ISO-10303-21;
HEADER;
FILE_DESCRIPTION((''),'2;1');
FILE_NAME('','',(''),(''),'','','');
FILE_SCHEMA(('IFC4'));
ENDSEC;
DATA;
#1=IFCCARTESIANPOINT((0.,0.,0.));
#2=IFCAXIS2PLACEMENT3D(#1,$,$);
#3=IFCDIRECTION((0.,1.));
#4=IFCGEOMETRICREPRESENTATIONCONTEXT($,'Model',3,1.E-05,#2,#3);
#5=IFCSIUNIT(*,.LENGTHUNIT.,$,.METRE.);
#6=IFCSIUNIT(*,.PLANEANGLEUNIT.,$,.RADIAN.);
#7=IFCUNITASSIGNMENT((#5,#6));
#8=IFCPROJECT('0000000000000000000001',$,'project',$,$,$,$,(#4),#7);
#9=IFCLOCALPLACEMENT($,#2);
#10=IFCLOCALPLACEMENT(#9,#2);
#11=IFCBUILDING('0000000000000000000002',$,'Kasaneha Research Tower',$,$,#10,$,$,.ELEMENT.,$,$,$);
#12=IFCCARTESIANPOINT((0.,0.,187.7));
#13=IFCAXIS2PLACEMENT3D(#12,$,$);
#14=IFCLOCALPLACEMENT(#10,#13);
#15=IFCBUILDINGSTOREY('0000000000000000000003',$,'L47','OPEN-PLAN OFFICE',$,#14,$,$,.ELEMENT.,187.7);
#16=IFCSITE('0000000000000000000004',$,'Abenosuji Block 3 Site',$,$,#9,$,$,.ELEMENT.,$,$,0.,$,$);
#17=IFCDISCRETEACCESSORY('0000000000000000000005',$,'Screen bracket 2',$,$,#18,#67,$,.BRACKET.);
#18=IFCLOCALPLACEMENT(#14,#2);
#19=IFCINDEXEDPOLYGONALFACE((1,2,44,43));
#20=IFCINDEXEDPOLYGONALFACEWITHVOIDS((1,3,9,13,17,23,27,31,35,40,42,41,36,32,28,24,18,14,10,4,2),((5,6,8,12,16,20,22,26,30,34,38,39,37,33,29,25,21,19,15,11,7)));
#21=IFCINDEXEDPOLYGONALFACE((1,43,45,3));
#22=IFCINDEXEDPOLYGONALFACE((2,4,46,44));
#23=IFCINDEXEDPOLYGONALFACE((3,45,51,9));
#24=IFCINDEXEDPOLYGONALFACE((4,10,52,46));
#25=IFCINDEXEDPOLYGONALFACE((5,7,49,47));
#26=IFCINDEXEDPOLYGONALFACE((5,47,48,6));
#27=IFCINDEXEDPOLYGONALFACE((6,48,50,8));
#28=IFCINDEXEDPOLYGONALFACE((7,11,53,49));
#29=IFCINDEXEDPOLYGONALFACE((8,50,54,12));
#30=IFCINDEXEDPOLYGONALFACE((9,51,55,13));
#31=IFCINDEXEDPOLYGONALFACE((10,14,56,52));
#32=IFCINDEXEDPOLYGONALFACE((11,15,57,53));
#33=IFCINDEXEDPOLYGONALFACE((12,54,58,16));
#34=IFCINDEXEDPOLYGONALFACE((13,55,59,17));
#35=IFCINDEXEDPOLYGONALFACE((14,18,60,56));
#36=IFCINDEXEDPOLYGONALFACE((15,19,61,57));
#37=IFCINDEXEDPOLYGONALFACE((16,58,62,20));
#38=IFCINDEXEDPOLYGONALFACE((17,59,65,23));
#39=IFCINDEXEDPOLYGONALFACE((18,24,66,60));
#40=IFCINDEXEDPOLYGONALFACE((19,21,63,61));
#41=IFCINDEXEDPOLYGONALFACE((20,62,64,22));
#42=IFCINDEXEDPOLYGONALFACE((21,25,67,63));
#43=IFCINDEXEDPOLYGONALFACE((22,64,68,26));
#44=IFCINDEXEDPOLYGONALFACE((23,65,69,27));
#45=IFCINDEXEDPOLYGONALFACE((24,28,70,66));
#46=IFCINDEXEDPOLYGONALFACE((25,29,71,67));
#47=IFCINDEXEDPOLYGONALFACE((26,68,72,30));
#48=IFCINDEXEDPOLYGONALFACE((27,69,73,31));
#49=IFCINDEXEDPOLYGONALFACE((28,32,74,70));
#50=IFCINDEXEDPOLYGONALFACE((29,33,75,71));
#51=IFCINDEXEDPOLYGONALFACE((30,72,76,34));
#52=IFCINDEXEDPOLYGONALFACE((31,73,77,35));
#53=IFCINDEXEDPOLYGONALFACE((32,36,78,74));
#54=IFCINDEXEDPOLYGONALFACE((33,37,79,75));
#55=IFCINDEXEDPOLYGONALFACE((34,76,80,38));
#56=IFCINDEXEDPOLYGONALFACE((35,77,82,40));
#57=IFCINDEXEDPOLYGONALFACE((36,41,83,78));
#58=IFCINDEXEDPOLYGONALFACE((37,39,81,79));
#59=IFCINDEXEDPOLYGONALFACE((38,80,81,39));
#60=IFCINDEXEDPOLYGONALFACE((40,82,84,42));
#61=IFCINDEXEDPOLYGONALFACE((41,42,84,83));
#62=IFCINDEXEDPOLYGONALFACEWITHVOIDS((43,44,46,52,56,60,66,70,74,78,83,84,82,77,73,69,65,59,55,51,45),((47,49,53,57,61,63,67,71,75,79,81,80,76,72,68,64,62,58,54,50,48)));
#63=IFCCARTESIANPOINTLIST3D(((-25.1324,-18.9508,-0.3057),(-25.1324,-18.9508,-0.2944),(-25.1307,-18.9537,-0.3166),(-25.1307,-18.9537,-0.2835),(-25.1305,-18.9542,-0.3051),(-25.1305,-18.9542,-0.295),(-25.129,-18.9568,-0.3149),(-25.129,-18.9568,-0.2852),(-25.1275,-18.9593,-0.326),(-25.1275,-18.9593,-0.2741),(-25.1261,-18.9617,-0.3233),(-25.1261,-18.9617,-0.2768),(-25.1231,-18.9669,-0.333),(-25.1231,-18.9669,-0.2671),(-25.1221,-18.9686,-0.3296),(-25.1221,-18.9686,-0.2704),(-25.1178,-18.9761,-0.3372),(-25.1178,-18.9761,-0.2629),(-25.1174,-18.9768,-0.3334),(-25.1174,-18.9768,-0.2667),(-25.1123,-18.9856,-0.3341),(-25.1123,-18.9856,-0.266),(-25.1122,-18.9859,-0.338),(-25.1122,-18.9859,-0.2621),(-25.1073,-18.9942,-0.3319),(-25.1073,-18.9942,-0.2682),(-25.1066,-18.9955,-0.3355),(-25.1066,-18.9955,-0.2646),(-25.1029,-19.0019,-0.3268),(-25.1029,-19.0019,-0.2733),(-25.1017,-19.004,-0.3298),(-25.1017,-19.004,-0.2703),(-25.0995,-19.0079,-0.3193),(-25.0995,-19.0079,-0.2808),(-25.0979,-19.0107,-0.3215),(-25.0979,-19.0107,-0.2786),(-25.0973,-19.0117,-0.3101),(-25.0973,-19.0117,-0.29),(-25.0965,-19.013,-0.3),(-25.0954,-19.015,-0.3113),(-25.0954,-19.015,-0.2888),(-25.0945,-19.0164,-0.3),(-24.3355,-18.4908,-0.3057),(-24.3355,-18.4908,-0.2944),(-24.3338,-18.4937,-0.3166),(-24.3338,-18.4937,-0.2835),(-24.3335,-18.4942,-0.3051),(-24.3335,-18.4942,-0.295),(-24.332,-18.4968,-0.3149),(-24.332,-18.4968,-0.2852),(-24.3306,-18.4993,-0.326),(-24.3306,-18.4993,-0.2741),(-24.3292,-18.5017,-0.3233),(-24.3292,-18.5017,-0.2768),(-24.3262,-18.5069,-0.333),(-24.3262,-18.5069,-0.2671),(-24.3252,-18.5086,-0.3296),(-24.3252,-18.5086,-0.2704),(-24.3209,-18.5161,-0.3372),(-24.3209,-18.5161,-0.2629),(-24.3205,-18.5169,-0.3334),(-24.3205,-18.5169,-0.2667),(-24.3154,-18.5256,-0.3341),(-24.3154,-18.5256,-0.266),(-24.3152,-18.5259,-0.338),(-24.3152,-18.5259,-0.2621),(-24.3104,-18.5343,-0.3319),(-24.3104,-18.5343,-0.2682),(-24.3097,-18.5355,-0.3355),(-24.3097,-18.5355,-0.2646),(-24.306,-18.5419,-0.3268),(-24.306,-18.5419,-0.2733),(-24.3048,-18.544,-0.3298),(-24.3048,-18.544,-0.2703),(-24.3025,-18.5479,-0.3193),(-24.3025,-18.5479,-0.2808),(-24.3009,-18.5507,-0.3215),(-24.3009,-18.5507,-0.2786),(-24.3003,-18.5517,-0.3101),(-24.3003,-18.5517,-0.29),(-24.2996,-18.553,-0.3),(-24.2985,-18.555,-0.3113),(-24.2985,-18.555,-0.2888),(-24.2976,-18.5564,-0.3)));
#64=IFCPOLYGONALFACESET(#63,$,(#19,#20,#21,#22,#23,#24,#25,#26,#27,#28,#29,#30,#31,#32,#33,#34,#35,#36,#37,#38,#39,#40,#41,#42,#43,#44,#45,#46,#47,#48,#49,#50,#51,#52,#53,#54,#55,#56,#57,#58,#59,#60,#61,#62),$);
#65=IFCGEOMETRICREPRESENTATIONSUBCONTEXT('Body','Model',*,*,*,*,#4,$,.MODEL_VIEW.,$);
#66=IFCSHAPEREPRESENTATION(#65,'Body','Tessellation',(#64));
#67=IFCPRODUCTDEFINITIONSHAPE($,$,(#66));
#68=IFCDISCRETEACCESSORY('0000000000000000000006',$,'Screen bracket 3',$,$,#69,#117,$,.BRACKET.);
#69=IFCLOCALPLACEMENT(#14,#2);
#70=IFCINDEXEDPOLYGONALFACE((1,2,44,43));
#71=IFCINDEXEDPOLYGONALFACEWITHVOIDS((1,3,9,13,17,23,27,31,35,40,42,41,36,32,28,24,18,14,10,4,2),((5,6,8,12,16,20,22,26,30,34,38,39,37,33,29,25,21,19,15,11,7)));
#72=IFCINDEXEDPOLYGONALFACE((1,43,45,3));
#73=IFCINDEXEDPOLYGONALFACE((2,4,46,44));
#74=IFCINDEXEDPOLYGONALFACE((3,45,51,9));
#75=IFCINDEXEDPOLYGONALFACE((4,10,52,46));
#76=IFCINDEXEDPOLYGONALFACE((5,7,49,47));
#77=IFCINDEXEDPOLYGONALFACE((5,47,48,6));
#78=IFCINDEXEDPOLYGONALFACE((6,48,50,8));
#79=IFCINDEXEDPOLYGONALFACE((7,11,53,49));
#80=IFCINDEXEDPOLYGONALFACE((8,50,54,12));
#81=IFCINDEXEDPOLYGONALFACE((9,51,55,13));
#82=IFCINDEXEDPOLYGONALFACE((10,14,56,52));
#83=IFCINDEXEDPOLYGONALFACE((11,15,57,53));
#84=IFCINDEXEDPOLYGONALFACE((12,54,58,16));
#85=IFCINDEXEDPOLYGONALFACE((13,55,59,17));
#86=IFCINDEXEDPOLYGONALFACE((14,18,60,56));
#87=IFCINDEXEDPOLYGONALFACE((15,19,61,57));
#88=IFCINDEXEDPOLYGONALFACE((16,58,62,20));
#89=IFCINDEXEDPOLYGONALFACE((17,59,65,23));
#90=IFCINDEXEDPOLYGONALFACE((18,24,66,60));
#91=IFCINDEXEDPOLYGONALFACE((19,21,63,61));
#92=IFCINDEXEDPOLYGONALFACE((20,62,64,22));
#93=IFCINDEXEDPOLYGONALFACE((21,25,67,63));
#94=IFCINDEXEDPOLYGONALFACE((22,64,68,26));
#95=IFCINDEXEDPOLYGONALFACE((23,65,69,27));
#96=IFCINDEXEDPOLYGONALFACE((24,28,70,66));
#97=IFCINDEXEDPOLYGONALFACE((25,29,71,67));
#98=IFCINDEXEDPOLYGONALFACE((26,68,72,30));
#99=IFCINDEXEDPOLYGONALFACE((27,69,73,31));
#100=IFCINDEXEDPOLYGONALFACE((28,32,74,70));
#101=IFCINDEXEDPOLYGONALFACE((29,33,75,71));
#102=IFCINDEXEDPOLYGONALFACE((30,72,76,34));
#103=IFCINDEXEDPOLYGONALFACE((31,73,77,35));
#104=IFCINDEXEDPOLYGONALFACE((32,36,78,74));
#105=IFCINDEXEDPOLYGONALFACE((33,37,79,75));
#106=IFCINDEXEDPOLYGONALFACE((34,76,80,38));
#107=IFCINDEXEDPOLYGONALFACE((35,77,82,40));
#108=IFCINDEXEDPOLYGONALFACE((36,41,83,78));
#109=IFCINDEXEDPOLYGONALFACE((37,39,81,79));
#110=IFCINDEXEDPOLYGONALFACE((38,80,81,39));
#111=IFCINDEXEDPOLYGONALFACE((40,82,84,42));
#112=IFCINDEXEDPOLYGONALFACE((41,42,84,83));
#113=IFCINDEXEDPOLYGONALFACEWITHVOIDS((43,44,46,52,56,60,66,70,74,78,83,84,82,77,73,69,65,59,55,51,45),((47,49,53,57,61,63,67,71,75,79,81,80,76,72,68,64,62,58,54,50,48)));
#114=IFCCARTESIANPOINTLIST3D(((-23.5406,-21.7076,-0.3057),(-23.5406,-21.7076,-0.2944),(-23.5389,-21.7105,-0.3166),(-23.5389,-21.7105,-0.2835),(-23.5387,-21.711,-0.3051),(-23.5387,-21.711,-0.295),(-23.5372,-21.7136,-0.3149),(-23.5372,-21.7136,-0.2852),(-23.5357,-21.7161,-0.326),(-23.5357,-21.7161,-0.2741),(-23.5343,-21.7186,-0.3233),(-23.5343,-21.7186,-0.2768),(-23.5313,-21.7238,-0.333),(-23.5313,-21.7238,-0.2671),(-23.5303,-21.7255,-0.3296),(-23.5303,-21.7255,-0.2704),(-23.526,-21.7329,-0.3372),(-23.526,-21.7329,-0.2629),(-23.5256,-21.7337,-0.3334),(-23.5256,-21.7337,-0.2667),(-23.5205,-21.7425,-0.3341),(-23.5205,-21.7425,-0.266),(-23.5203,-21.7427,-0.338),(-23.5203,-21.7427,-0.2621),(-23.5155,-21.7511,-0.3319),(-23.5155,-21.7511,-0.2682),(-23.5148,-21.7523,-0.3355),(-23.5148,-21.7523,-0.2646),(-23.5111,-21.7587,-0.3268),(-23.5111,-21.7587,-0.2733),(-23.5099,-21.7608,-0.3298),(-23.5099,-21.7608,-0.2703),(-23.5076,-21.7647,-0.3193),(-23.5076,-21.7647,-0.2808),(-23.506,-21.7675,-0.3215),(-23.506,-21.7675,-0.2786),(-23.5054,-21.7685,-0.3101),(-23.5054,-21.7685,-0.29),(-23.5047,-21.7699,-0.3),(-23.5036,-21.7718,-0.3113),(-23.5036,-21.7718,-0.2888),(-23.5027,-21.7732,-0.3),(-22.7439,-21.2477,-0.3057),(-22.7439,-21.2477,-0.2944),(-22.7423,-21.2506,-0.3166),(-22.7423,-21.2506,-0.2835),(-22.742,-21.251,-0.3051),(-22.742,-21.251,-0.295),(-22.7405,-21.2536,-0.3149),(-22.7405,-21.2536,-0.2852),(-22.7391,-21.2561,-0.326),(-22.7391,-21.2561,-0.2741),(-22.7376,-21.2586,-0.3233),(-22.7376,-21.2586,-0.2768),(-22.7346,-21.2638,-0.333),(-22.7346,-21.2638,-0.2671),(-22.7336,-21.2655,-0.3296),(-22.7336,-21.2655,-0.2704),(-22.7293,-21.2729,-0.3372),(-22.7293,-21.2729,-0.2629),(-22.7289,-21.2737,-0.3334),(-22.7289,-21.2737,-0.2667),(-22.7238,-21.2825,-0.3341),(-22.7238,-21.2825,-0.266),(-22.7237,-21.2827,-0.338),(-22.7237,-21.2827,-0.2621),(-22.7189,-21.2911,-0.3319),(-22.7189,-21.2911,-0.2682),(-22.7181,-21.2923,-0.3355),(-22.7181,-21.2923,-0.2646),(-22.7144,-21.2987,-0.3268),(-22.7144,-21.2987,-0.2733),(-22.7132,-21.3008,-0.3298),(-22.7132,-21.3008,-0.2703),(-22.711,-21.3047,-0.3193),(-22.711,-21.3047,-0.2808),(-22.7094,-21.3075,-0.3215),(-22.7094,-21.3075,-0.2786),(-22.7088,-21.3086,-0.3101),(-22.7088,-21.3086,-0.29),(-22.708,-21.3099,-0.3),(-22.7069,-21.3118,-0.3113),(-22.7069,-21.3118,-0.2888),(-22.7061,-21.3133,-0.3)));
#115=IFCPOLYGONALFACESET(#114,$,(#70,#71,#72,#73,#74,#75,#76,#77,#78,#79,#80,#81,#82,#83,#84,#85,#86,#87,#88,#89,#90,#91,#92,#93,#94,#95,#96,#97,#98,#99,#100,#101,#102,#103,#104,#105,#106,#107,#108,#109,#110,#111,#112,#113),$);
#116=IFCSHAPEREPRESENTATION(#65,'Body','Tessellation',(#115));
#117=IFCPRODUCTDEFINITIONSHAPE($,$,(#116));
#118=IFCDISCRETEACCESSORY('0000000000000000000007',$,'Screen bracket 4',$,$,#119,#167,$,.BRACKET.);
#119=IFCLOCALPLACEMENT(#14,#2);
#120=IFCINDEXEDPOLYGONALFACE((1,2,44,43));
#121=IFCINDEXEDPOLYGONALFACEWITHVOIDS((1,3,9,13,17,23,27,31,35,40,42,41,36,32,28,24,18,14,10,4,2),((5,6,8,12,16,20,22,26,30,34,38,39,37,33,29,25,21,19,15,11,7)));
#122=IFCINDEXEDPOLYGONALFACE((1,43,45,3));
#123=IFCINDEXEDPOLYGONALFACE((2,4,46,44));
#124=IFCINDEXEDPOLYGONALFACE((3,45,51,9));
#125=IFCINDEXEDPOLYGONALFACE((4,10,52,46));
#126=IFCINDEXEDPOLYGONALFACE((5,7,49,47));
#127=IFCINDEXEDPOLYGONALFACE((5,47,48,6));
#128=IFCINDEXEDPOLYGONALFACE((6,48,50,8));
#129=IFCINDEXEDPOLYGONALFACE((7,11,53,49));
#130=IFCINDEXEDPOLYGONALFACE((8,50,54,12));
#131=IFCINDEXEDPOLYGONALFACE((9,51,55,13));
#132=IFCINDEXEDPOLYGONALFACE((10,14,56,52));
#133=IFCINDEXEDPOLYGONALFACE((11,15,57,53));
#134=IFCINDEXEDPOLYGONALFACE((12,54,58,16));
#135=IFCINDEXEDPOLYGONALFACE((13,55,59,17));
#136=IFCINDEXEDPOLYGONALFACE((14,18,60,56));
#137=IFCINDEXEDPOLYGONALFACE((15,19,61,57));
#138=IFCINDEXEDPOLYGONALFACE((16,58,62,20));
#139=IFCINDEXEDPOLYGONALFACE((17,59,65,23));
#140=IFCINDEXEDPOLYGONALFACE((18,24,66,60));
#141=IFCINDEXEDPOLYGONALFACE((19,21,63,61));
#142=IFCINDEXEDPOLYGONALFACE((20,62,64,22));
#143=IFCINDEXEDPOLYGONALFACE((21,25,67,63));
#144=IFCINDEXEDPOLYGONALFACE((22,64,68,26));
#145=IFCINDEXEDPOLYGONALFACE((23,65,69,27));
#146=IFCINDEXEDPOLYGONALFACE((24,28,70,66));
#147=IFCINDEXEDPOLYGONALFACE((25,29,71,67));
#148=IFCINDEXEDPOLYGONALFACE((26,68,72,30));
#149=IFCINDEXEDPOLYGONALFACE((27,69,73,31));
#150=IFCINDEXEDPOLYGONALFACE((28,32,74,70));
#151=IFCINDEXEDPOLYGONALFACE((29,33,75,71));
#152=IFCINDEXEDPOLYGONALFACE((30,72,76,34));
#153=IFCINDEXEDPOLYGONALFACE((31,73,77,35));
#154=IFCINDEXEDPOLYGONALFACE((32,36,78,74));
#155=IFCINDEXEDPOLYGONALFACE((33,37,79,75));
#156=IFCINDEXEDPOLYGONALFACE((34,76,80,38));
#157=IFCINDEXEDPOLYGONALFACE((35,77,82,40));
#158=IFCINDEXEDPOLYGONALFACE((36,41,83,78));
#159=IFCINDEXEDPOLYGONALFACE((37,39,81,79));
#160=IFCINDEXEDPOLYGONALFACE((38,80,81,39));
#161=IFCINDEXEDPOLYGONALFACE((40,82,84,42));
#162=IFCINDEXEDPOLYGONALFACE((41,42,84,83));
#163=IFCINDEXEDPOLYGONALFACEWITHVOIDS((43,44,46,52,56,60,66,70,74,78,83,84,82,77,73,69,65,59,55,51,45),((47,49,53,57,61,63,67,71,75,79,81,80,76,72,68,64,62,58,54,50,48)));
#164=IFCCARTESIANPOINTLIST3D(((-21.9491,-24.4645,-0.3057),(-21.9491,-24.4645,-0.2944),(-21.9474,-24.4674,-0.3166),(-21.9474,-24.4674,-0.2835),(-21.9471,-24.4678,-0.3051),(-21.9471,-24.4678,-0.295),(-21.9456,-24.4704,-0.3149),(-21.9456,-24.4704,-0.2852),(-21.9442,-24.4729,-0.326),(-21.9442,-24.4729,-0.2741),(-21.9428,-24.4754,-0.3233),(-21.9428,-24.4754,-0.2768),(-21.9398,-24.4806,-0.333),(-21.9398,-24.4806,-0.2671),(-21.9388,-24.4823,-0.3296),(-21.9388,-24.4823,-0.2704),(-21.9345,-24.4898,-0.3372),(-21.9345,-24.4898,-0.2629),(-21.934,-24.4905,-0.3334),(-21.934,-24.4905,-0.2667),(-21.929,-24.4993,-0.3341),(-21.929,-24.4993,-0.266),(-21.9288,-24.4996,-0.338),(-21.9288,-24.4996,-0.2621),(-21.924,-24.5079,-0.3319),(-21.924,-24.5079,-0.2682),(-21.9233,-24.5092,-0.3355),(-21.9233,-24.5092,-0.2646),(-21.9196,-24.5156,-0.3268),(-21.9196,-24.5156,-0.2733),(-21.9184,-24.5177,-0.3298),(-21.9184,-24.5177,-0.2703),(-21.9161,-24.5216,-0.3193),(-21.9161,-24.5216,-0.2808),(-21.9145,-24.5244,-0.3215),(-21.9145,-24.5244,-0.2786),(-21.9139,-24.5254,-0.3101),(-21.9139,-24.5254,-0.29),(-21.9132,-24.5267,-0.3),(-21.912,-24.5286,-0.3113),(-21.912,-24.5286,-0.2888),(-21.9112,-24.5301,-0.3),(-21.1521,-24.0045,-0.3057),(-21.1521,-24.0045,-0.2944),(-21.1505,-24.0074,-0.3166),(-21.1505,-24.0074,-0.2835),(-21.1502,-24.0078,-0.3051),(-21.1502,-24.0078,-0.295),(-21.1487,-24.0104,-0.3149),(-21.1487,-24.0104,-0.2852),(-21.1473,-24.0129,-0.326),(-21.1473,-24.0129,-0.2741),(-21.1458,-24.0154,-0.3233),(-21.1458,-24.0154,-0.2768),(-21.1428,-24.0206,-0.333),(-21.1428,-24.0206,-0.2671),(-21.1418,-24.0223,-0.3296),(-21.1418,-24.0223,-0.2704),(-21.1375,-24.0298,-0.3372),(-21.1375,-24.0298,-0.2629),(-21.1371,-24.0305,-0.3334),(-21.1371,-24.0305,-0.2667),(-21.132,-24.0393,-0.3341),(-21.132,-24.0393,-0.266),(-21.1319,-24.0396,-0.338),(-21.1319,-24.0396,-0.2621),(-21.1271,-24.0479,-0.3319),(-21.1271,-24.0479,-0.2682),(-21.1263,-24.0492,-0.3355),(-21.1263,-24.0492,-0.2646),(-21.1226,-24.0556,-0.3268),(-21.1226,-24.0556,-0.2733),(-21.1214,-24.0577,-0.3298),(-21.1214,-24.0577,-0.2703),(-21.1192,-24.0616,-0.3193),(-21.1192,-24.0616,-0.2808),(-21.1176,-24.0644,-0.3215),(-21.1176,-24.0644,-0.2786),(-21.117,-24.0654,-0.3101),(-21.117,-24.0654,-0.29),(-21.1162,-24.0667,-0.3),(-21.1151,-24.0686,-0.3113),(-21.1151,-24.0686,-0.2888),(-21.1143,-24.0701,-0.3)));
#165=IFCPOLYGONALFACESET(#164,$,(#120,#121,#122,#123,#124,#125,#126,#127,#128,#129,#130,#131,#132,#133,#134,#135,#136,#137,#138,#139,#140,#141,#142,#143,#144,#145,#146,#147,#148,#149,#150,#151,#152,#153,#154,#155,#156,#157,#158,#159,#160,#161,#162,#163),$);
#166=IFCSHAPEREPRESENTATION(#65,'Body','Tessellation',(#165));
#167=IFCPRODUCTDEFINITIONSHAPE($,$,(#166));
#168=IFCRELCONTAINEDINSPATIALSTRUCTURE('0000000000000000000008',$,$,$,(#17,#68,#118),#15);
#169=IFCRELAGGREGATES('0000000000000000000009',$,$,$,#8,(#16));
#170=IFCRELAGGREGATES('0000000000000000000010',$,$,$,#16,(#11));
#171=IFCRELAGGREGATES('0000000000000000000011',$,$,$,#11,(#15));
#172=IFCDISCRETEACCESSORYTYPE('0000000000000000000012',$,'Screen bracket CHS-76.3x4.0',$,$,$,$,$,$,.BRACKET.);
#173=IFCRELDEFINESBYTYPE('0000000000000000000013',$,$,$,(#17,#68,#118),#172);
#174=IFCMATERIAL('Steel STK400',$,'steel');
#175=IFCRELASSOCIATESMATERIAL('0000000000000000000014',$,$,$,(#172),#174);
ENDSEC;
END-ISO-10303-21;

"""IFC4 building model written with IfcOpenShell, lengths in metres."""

from ifc_helpers import new_model, si_unit, direction, frame, origin, origin_2d, place, context, subcontext, project, spatial, hollow_circle, extrude, material, material_profile, profile_set, type_object, element, save


model = new_model("IFC4")

# Units and contexts
model_context = context("Model", 3, precision=1e-05, world=origin(), true_north=direction((0.0, 1.0)))
body_context = subcontext(model_context, "Body", "Model", "MODEL_VIEW")
ifc_project = project(units=[si_unit("LENGTHUNIT", "METRE"), si_unit("PLANEANGLEUNIT", "RADIAN")], contexts=[model_context])

# Site, building, storey
site_placement = place(None, origin())
site = spatial("IfcSite", under=ifc_project, at=site_placement, Name="Abenosuji Block 3 Site", CompositionType="ELEMENT", RefElevation=0.0)
building_placement = place(site_placement, origin())
building = spatial("IfcBuilding", under=site, at=building_placement, Name="Kasaneha Research Tower", CompositionType="ELEMENT")
storey_placement = place(building_placement, frame((0.0, 0.0, 187.7)))
storey = spatial("IfcBuildingStorey", under=building, at=storey_placement, Name="L47", Description="OPEN-PLAN OFFICE", CompositionType="ELEMENT", Elevation=187.7)

# Discrete accessories
ifc_material_1 = material(Name="Steel STK400", Category="steel")
ifc_material_profile_1 = material_profile(ifc_material_1, hollow_circle(Radius=0.0381, WallThickness=0.0039, at=origin_2d()), Name="CHS-76.3x4.0")
ifc_profile_set_1 = profile_set([ifc_material_profile_1], Name="Steel STK400")
discrete_accessory_type = type_object("IfcDiscreteAccessoryType", Name="Screen bracket CHS-76.3x4.0", PredefinedType="BRACKET", material=ifc_profile_set_1)
discrete_accessory_1_placement = place(storey_placement, frame((-24.3167, -18.5234, -0.3), z_axis=(-0.86608, -0.499906, 0.0), x_axis=(0.499906, -0.86608, 0.0)))
element("IfcDiscreteAccessory", 1, at=discrete_accessory_1_placement, inside=storey, type_object=discrete_accessory_type, Name="Screen bracket 2", PredefinedType="BRACKET", context=body_context, shape_type="SweptSolid", body=[
    extrude(hollow_circle(Radius=0.0381, WallThickness=0.0039, at=origin_2d()), origin(), (0.0, 0.0, 1.0), 0.9202),
])
discrete_accessory_2_placement = place(storey_placement, frame((-22.7251, -21.2803, -0.3), z_axis=(-0.866013, -0.500021, 0.0), x_axis=(0.500021, -0.866013, 0.0)))
element("IfcDiscreteAccessory", 2, at=discrete_accessory_2_placement, inside=storey, type_object=discrete_accessory_type, Name="Screen bracket 3", PredefinedType="BRACKET", context=body_context, shape_type="SweptSolid", body=[
    extrude(hollow_circle(Radius=0.0381, WallThickness=0.0039, at=origin_2d()), origin(), (0.0, 0.0, 1.0), 0.9199),
])
discrete_accessory_3_placement = place(storey_placement, frame((-21.1333, -24.0371, -0.3), z_axis=(-0.86608, -0.499906, 0.0), x_axis=(0.499906, -0.86608, 0.0)))
element("IfcDiscreteAccessory", 3, at=discrete_accessory_3_placement, inside=storey, type_object=discrete_accessory_type, Name="Screen bracket 4", PredefinedType="BRACKET", context=body_context, shape_type="SweptSolid", body=[
    extrude(hollow_circle(Radius=0.0381, WallThickness=0.0039, at=origin_2d()), origin(), (0.0, 0.0, 1.0), 0.9202),
])

save(model, "model.ifc")
